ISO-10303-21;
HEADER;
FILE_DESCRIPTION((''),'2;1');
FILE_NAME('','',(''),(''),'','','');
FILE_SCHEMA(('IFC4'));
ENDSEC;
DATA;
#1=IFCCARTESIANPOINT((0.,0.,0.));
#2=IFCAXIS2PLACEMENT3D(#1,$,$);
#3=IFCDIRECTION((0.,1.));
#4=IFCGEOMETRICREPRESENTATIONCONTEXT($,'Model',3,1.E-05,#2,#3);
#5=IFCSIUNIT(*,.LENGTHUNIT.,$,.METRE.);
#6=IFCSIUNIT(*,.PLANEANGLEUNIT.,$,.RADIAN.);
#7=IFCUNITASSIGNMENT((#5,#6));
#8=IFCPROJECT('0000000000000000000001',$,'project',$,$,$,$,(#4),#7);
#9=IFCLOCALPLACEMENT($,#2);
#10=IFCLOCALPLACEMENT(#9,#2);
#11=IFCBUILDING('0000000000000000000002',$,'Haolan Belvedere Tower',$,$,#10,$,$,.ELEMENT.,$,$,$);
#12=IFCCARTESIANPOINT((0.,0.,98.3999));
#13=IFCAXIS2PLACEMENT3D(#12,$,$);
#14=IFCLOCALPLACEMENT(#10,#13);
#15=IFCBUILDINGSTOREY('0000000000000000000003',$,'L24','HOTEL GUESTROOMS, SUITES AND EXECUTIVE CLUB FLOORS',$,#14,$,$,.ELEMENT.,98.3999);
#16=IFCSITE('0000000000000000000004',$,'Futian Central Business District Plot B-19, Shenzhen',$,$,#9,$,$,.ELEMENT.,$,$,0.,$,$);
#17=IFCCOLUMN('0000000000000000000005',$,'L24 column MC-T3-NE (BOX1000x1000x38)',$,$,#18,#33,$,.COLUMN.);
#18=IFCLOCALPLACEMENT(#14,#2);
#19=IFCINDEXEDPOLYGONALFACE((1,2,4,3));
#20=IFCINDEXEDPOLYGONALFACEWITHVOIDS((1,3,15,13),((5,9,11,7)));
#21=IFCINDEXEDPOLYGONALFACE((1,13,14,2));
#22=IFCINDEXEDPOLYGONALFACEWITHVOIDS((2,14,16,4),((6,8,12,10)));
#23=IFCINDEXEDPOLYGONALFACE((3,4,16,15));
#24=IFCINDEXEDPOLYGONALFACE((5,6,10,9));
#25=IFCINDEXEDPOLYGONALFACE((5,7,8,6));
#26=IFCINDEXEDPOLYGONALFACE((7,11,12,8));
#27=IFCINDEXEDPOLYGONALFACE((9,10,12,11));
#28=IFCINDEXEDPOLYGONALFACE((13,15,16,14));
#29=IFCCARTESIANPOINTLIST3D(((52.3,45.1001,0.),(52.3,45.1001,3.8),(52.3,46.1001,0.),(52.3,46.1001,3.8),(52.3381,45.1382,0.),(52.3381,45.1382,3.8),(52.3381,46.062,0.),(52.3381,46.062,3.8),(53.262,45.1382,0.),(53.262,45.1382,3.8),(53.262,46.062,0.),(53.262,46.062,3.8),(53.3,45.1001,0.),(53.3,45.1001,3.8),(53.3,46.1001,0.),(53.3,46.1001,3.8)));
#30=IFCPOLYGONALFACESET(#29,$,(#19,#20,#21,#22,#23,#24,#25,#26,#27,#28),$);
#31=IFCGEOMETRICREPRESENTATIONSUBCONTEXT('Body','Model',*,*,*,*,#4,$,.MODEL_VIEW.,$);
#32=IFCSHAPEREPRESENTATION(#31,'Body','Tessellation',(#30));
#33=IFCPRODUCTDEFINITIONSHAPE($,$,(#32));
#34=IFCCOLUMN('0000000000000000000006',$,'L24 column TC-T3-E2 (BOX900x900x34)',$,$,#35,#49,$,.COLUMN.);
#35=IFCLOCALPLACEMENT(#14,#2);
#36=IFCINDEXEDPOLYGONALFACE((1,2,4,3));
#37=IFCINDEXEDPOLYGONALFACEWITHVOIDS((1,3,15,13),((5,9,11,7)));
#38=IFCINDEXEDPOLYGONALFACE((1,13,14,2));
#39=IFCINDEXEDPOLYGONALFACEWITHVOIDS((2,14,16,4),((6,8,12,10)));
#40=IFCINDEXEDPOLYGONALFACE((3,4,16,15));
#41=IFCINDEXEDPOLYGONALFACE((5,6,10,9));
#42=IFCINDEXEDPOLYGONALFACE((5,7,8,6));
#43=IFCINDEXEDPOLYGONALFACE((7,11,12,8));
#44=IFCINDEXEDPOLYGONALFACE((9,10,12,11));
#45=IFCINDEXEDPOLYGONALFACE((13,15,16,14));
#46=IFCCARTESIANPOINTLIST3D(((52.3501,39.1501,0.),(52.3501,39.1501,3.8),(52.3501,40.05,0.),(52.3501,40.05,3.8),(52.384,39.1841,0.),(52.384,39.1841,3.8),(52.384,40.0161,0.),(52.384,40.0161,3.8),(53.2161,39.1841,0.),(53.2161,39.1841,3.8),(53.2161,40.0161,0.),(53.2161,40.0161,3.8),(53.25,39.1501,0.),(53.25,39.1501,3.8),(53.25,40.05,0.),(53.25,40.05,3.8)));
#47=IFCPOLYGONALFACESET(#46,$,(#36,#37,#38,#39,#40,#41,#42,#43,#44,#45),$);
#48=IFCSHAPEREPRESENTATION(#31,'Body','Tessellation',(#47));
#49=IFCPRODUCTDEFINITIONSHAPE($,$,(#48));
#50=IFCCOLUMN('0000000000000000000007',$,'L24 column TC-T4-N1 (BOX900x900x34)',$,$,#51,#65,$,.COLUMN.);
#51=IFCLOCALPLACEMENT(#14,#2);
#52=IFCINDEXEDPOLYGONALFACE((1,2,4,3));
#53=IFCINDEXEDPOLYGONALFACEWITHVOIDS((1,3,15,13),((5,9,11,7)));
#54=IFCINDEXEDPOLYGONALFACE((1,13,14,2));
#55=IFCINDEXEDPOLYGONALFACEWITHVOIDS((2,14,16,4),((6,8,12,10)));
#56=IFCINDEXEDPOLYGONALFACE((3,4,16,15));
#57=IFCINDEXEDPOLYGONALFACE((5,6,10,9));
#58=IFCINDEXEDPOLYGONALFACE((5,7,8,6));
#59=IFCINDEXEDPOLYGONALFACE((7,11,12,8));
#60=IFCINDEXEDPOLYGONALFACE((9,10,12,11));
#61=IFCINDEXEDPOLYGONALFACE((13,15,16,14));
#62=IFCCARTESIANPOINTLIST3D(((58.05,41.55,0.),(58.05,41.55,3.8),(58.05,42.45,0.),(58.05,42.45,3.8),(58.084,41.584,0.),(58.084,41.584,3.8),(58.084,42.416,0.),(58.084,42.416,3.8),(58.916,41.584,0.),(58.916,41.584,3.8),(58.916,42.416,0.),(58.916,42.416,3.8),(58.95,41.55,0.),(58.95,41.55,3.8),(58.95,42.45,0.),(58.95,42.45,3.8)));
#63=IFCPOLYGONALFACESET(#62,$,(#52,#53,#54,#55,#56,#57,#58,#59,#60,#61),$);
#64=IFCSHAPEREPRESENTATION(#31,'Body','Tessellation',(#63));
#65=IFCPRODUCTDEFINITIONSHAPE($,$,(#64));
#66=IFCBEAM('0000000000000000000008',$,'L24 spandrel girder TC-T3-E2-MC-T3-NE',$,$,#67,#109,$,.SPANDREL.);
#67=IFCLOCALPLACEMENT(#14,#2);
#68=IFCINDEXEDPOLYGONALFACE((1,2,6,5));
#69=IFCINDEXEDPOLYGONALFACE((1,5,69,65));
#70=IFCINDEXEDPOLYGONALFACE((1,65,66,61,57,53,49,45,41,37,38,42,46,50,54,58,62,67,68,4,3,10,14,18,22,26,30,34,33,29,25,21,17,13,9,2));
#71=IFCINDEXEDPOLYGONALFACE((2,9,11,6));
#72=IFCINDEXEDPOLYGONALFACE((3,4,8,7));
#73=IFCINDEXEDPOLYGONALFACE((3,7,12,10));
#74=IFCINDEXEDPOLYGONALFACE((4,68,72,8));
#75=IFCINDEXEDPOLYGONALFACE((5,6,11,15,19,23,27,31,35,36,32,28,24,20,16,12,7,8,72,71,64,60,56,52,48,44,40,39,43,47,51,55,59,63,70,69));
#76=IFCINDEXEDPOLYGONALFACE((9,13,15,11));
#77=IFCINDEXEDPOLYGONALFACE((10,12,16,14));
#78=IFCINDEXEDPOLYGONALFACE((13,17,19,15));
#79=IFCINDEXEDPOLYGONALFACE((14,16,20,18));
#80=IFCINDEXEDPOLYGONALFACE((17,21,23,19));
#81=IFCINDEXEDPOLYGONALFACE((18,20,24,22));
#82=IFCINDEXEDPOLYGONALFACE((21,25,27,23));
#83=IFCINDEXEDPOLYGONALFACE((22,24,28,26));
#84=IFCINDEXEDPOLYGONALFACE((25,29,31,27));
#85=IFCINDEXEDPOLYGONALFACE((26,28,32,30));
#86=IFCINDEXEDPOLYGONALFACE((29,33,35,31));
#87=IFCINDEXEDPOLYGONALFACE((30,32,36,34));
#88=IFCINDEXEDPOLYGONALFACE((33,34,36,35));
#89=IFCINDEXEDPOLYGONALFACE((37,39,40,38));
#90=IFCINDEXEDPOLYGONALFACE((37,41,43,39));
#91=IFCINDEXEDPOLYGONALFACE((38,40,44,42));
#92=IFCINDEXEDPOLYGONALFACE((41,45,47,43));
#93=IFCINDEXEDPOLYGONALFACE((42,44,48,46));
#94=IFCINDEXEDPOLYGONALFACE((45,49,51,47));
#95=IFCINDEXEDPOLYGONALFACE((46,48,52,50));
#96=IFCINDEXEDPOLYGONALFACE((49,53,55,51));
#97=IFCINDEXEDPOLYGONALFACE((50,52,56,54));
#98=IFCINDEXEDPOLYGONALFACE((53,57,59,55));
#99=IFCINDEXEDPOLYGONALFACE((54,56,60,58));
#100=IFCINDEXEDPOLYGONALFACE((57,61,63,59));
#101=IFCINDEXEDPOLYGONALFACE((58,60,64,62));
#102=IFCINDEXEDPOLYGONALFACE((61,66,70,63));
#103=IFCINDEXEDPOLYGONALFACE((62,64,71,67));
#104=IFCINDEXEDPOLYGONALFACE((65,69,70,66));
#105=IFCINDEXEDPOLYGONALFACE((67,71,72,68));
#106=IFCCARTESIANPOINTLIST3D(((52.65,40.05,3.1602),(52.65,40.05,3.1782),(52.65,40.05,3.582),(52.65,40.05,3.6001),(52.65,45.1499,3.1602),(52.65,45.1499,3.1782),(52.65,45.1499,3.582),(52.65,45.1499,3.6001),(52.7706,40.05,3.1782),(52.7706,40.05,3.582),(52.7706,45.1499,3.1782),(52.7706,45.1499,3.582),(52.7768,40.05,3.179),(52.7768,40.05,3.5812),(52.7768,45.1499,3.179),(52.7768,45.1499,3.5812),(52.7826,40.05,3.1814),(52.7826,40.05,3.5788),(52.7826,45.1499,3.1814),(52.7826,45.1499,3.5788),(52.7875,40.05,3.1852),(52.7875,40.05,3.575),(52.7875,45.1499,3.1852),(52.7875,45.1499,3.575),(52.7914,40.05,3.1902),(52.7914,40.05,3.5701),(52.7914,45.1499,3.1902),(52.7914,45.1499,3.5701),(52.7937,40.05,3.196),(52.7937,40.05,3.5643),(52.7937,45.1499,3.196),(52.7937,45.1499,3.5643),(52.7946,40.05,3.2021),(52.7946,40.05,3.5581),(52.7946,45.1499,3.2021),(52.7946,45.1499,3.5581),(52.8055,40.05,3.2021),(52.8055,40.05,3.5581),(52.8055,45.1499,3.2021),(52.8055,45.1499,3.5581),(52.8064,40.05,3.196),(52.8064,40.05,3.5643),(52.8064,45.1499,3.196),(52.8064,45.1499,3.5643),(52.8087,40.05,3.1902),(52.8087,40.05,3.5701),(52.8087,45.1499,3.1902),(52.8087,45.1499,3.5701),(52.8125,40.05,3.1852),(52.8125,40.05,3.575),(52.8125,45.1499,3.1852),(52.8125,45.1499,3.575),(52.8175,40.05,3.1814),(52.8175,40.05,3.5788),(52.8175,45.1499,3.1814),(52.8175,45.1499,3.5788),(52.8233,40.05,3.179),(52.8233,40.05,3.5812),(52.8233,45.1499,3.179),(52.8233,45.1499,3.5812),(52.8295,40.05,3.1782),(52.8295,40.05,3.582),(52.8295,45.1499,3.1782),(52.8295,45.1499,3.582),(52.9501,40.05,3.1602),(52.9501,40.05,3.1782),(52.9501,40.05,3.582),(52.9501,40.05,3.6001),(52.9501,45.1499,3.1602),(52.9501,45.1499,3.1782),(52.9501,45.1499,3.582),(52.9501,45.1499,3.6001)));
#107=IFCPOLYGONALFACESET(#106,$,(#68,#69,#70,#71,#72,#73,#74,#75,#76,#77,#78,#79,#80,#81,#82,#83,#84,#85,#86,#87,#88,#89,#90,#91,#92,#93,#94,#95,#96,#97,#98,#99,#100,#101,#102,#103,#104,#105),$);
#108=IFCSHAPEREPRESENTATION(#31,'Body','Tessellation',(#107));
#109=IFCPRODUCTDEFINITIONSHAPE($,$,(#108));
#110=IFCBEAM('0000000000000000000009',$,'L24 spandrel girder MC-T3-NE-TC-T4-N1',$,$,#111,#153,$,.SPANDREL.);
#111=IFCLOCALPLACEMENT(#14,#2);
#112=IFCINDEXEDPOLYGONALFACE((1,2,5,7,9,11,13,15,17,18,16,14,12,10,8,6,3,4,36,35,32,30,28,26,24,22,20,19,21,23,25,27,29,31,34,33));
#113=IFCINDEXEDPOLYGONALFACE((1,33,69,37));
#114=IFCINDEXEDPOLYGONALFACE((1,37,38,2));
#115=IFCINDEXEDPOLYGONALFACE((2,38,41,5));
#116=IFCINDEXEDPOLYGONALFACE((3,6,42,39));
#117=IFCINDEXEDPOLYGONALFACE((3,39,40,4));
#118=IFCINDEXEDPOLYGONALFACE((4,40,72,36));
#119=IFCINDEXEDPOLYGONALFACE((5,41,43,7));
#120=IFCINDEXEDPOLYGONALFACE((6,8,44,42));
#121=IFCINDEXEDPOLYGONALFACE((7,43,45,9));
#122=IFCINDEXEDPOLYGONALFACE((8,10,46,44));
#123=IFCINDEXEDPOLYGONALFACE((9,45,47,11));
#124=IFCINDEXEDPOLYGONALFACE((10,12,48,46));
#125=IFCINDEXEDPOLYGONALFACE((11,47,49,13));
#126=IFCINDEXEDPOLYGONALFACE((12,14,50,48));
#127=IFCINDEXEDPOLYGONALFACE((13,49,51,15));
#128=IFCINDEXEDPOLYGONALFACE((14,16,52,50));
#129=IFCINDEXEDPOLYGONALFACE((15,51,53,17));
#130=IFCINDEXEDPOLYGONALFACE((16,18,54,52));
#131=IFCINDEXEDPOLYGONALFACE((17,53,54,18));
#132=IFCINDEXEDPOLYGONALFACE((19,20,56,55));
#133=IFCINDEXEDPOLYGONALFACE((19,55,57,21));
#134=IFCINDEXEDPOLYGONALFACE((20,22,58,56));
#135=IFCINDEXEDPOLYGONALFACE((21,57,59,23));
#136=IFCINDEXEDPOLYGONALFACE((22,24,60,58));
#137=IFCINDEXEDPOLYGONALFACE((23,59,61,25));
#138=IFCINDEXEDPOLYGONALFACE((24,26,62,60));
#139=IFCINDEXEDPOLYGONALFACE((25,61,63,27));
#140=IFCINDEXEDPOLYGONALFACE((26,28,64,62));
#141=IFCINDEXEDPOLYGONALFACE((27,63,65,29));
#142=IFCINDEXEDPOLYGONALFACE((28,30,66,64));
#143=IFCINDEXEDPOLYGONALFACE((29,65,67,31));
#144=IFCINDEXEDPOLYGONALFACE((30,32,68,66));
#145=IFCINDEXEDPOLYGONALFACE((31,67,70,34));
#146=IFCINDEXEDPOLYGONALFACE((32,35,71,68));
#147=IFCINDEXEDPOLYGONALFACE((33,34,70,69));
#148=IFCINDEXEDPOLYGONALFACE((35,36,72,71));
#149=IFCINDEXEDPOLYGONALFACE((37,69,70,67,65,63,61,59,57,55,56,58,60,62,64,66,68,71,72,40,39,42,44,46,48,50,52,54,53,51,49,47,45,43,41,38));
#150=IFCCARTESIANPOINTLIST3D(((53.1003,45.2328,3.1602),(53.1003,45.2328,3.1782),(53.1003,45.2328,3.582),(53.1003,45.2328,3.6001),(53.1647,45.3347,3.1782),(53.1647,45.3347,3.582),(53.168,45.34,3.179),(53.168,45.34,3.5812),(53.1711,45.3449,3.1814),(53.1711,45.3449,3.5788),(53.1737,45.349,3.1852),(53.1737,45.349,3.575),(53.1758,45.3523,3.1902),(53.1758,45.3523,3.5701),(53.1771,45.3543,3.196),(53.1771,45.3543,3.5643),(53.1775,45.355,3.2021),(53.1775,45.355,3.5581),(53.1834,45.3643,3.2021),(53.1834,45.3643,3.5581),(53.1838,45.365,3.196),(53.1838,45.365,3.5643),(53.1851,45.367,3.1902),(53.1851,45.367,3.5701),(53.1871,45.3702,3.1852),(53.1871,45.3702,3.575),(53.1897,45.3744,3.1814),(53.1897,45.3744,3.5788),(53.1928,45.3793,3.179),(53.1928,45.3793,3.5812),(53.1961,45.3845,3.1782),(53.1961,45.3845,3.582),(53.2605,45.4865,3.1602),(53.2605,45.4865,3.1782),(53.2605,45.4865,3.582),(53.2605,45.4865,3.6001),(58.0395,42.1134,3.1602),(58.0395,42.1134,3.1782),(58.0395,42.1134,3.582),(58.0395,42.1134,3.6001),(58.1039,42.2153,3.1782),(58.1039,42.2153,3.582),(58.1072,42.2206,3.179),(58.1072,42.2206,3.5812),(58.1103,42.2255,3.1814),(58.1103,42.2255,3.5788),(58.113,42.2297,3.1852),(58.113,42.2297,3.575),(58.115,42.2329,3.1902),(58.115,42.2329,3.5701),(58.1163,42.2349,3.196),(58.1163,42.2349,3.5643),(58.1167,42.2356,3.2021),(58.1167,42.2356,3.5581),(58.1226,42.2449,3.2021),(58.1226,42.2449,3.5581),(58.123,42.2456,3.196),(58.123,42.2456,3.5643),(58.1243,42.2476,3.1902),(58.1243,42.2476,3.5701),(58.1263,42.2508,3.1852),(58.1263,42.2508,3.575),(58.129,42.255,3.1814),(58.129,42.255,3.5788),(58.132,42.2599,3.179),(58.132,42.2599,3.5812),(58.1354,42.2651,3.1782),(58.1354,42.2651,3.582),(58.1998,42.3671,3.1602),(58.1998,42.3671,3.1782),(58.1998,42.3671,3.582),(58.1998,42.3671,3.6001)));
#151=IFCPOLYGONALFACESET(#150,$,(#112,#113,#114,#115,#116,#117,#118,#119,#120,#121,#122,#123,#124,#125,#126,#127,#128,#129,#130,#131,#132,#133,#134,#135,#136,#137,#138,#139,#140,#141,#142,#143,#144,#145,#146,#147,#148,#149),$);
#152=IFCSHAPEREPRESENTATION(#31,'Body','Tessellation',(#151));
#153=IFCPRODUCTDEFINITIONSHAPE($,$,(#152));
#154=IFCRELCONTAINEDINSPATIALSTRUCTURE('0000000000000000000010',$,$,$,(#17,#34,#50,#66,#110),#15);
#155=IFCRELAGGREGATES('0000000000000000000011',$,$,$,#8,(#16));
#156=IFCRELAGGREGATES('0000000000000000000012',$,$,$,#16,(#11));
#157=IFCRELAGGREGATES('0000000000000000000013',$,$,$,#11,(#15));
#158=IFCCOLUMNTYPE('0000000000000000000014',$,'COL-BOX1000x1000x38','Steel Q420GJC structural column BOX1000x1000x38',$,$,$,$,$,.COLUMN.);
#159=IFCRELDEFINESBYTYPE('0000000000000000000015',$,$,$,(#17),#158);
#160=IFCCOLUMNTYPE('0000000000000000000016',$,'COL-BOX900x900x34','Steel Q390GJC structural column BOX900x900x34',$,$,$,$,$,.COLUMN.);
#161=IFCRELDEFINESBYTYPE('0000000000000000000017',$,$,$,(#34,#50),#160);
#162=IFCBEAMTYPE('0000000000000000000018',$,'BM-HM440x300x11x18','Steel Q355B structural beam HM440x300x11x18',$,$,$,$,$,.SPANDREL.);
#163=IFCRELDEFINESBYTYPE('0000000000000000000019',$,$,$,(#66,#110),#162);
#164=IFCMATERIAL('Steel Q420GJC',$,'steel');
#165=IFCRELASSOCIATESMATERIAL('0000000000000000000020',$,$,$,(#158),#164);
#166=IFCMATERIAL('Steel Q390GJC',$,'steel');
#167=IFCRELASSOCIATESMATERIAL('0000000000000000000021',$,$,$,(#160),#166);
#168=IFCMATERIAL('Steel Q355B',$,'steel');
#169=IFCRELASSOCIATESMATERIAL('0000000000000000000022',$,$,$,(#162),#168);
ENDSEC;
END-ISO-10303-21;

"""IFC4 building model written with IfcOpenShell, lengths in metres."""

from ifc_helpers import new_model, si_unit, direction, frame, origin, origin_2d, place, context, subcontext, project, spatial, hollow_rectangle, i_section, extrude, material, material_profile, profile_set, type_object, element, save


model = new_model("IFC4")

# Units and contexts
model_context = context("Model", 3, precision=1e-05, world=origin(), true_north=direction((0.0, 1.0)))
body_context = subcontext(model_context, "Body", "Model", "MODEL_VIEW")
ifc_project = project(units=[si_unit("LENGTHUNIT", "METRE"), si_unit("PLANEANGLEUNIT", "RADIAN")], contexts=[model_context])

# Site, building, storey
site_placement = place(None, origin())
site = spatial("IfcSite", under=ifc_project, at=site_placement, Name="Futian Central Business District Plot B-19, Shenzhen", CompositionType="ELEMENT", RefElevation=0.0)
building_placement = place(site_placement, origin())
building = spatial("IfcBuilding", under=site, at=building_placement, Name="Haolan Belvedere Tower", CompositionType="ELEMENT")
storey_placement = place(building_placement, frame((0.0, 0.0, 98.3999)))
storey = spatial("IfcBuildingStorey", under=building, at=storey_placement, Name="L24", Description="HOTEL GUESTROOMS, SUITES AND EXECUTIVE CLUB FLOORS", CompositionType="ELEMENT", Elevation=98.3999)

# Columns
ifc_material_1 = material(Name="Steel Q420GJC", Category="steel")
ifc_material_profile_1 = material_profile(ifc_material_1, hollow_rectangle(XDim=1.0, YDim=1.0, WallThickness=0.0381, at=origin_2d()), Name="Steel Q420GJC")
ifc_profile_set_1 = profile_set([ifc_material_profile_1], Name="Steel Q420GJC")
column_type_1 = type_object("IfcColumnType", Name="COL-BOX1000x1000x38", Description="Steel Q420GJC structural column BOX1000x1000x38", PredefinedType="COLUMN", material=ifc_profile_set_1)
column_placement = place(storey_placement, frame((52.8, 45.6001, 0.0), z_axis=(0.0, 0.0, 1.0), x_axis=(1.0, 0.0, 0.0)))
element("IfcColumn", 1, at=column_placement, inside=storey, type_object=column_type_1, Name="L24 column MC-T3-NE (BOX1000x1000x38)", PredefinedType="COLUMN", context=body_context, shape_type="SweptSolid", body=[
    extrude(hollow_rectangle(XDim=1.0, YDim=1.0, WallThickness=0.0381, at=origin_2d()), origin(), (0.0, 0.0, 1.0), 3.8),
])
ifc_material_2 = material(Name="Steel Q390GJC", Category="steel")
ifc_material_profile_2 = material_profile(ifc_material_2, hollow_rectangle(XDim=0.8999, YDim=0.8999, WallThickness=0.0339, at=origin_2d()), Name="Steel Q390GJC")
ifc_profile_set_2 = profile_set([ifc_material_profile_2], Name="Steel Q390GJC")
column_type_2 = type_object("IfcColumnType", Name="COL-BOX900x900x34", Description="Steel Q390GJC structural column BOX900x900x34", PredefinedType="COLUMN", material=ifc_profile_set_2)
for number, where, z_axis, x_axis, name in (
    (2, (52.8, 39.6001, 0.0), (0.0, 0.0, 1.0), (1.0, 0.0, 0.0), "L24 column TC-T3-E2 (BOX900x900x34)"),
    (3, (58.5, 42.0, 0.0), (0.0, 0.0, 1.0), (1.0, 0.0, 0.0), "L24 column TC-T4-N1 (BOX900x900x34)"),
):
    element("IfcColumn", number, at=place(storey_placement, frame(where, z_axis=z_axis, x_axis=x_axis)), inside=storey, type_object=column_type_2, Name=name, PredefinedType="COLUMN", context=body_context, shape_type="SweptSolid", body=[
        extrude(hollow_rectangle(XDim=0.8999, YDim=0.8999, WallThickness=0.0339, at=origin_2d()), origin(), (0.0, 0.0, 1.0), 3.8),
    ])

# Beams
ifc_material_3 = material(Name="Steel Q355B", Category="steel")
ifc_material_profile_3 = material_profile(ifc_material_3, i_section(OverallWidth=0.3, OverallDepth=0.4399, WebThickness=0.011, FlangeThickness=0.0181, FilletRadius=0.0239, at=origin_2d()), Name="Steel Q355B")
ifc_profile_set_3 = profile_set([ifc_material_profile_3], Name="Steel Q355B")
beam_type_1 = type_object("IfcBeamType", Name="BM-HM440x300x11x18", Description="Steel Q355B structural beam HM440x300x11x18", PredefinedType="SPANDREL", material=ifc_profile_set_3)
beam_1_placement = place(storey_placement, frame((52.8, 40.05, 3.3801), z_axis=(0.0, 1.0, 0.0), x_axis=(-1.0, 0.0, 0.0)))
element("IfcBeam", 4, at=beam_1_placement, inside=storey, type_object=beam_type_1, Name="L24 spandrel girder TC-T3-E2-MC-T3-NE", PredefinedType="SPANDREL", context=body_context, shape_type="SweptSolid", body=[
    extrude(i_section(OverallWidth=0.3, OverallDepth=0.4399, WebThickness=0.011, FlangeThickness=0.0181, FilletRadius=0.0239, at=origin_2d()), origin(), (0.0, 0.0, 1.0), 5.0999),
])
beam_2_placement = place(storey_placement, frame((53.1804, 45.3596, 3.3801), z_axis=(0.845498, -0.533979, 0.0), x_axis=(0.533979, 0.845498, 0.0)))
element("IfcBeam", 5, at=beam_2_placement, inside=storey, type_object=beam_type_1, Name="L24 spandrel girder MC-T3-NE-TC-T4-N1", PredefinedType="SPANDREL", context=body_context, shape_type="SweptSolid", body=[
    extrude(i_section(OverallWidth=0.3, OverallDepth=0.4399, WebThickness=0.011, FlangeThickness=0.0181, FilletRadius=0.0239, at=origin_2d()), origin(), (0.0, 0.0, 1.0), 5.8418),
])

save(model, "model.ifc")
